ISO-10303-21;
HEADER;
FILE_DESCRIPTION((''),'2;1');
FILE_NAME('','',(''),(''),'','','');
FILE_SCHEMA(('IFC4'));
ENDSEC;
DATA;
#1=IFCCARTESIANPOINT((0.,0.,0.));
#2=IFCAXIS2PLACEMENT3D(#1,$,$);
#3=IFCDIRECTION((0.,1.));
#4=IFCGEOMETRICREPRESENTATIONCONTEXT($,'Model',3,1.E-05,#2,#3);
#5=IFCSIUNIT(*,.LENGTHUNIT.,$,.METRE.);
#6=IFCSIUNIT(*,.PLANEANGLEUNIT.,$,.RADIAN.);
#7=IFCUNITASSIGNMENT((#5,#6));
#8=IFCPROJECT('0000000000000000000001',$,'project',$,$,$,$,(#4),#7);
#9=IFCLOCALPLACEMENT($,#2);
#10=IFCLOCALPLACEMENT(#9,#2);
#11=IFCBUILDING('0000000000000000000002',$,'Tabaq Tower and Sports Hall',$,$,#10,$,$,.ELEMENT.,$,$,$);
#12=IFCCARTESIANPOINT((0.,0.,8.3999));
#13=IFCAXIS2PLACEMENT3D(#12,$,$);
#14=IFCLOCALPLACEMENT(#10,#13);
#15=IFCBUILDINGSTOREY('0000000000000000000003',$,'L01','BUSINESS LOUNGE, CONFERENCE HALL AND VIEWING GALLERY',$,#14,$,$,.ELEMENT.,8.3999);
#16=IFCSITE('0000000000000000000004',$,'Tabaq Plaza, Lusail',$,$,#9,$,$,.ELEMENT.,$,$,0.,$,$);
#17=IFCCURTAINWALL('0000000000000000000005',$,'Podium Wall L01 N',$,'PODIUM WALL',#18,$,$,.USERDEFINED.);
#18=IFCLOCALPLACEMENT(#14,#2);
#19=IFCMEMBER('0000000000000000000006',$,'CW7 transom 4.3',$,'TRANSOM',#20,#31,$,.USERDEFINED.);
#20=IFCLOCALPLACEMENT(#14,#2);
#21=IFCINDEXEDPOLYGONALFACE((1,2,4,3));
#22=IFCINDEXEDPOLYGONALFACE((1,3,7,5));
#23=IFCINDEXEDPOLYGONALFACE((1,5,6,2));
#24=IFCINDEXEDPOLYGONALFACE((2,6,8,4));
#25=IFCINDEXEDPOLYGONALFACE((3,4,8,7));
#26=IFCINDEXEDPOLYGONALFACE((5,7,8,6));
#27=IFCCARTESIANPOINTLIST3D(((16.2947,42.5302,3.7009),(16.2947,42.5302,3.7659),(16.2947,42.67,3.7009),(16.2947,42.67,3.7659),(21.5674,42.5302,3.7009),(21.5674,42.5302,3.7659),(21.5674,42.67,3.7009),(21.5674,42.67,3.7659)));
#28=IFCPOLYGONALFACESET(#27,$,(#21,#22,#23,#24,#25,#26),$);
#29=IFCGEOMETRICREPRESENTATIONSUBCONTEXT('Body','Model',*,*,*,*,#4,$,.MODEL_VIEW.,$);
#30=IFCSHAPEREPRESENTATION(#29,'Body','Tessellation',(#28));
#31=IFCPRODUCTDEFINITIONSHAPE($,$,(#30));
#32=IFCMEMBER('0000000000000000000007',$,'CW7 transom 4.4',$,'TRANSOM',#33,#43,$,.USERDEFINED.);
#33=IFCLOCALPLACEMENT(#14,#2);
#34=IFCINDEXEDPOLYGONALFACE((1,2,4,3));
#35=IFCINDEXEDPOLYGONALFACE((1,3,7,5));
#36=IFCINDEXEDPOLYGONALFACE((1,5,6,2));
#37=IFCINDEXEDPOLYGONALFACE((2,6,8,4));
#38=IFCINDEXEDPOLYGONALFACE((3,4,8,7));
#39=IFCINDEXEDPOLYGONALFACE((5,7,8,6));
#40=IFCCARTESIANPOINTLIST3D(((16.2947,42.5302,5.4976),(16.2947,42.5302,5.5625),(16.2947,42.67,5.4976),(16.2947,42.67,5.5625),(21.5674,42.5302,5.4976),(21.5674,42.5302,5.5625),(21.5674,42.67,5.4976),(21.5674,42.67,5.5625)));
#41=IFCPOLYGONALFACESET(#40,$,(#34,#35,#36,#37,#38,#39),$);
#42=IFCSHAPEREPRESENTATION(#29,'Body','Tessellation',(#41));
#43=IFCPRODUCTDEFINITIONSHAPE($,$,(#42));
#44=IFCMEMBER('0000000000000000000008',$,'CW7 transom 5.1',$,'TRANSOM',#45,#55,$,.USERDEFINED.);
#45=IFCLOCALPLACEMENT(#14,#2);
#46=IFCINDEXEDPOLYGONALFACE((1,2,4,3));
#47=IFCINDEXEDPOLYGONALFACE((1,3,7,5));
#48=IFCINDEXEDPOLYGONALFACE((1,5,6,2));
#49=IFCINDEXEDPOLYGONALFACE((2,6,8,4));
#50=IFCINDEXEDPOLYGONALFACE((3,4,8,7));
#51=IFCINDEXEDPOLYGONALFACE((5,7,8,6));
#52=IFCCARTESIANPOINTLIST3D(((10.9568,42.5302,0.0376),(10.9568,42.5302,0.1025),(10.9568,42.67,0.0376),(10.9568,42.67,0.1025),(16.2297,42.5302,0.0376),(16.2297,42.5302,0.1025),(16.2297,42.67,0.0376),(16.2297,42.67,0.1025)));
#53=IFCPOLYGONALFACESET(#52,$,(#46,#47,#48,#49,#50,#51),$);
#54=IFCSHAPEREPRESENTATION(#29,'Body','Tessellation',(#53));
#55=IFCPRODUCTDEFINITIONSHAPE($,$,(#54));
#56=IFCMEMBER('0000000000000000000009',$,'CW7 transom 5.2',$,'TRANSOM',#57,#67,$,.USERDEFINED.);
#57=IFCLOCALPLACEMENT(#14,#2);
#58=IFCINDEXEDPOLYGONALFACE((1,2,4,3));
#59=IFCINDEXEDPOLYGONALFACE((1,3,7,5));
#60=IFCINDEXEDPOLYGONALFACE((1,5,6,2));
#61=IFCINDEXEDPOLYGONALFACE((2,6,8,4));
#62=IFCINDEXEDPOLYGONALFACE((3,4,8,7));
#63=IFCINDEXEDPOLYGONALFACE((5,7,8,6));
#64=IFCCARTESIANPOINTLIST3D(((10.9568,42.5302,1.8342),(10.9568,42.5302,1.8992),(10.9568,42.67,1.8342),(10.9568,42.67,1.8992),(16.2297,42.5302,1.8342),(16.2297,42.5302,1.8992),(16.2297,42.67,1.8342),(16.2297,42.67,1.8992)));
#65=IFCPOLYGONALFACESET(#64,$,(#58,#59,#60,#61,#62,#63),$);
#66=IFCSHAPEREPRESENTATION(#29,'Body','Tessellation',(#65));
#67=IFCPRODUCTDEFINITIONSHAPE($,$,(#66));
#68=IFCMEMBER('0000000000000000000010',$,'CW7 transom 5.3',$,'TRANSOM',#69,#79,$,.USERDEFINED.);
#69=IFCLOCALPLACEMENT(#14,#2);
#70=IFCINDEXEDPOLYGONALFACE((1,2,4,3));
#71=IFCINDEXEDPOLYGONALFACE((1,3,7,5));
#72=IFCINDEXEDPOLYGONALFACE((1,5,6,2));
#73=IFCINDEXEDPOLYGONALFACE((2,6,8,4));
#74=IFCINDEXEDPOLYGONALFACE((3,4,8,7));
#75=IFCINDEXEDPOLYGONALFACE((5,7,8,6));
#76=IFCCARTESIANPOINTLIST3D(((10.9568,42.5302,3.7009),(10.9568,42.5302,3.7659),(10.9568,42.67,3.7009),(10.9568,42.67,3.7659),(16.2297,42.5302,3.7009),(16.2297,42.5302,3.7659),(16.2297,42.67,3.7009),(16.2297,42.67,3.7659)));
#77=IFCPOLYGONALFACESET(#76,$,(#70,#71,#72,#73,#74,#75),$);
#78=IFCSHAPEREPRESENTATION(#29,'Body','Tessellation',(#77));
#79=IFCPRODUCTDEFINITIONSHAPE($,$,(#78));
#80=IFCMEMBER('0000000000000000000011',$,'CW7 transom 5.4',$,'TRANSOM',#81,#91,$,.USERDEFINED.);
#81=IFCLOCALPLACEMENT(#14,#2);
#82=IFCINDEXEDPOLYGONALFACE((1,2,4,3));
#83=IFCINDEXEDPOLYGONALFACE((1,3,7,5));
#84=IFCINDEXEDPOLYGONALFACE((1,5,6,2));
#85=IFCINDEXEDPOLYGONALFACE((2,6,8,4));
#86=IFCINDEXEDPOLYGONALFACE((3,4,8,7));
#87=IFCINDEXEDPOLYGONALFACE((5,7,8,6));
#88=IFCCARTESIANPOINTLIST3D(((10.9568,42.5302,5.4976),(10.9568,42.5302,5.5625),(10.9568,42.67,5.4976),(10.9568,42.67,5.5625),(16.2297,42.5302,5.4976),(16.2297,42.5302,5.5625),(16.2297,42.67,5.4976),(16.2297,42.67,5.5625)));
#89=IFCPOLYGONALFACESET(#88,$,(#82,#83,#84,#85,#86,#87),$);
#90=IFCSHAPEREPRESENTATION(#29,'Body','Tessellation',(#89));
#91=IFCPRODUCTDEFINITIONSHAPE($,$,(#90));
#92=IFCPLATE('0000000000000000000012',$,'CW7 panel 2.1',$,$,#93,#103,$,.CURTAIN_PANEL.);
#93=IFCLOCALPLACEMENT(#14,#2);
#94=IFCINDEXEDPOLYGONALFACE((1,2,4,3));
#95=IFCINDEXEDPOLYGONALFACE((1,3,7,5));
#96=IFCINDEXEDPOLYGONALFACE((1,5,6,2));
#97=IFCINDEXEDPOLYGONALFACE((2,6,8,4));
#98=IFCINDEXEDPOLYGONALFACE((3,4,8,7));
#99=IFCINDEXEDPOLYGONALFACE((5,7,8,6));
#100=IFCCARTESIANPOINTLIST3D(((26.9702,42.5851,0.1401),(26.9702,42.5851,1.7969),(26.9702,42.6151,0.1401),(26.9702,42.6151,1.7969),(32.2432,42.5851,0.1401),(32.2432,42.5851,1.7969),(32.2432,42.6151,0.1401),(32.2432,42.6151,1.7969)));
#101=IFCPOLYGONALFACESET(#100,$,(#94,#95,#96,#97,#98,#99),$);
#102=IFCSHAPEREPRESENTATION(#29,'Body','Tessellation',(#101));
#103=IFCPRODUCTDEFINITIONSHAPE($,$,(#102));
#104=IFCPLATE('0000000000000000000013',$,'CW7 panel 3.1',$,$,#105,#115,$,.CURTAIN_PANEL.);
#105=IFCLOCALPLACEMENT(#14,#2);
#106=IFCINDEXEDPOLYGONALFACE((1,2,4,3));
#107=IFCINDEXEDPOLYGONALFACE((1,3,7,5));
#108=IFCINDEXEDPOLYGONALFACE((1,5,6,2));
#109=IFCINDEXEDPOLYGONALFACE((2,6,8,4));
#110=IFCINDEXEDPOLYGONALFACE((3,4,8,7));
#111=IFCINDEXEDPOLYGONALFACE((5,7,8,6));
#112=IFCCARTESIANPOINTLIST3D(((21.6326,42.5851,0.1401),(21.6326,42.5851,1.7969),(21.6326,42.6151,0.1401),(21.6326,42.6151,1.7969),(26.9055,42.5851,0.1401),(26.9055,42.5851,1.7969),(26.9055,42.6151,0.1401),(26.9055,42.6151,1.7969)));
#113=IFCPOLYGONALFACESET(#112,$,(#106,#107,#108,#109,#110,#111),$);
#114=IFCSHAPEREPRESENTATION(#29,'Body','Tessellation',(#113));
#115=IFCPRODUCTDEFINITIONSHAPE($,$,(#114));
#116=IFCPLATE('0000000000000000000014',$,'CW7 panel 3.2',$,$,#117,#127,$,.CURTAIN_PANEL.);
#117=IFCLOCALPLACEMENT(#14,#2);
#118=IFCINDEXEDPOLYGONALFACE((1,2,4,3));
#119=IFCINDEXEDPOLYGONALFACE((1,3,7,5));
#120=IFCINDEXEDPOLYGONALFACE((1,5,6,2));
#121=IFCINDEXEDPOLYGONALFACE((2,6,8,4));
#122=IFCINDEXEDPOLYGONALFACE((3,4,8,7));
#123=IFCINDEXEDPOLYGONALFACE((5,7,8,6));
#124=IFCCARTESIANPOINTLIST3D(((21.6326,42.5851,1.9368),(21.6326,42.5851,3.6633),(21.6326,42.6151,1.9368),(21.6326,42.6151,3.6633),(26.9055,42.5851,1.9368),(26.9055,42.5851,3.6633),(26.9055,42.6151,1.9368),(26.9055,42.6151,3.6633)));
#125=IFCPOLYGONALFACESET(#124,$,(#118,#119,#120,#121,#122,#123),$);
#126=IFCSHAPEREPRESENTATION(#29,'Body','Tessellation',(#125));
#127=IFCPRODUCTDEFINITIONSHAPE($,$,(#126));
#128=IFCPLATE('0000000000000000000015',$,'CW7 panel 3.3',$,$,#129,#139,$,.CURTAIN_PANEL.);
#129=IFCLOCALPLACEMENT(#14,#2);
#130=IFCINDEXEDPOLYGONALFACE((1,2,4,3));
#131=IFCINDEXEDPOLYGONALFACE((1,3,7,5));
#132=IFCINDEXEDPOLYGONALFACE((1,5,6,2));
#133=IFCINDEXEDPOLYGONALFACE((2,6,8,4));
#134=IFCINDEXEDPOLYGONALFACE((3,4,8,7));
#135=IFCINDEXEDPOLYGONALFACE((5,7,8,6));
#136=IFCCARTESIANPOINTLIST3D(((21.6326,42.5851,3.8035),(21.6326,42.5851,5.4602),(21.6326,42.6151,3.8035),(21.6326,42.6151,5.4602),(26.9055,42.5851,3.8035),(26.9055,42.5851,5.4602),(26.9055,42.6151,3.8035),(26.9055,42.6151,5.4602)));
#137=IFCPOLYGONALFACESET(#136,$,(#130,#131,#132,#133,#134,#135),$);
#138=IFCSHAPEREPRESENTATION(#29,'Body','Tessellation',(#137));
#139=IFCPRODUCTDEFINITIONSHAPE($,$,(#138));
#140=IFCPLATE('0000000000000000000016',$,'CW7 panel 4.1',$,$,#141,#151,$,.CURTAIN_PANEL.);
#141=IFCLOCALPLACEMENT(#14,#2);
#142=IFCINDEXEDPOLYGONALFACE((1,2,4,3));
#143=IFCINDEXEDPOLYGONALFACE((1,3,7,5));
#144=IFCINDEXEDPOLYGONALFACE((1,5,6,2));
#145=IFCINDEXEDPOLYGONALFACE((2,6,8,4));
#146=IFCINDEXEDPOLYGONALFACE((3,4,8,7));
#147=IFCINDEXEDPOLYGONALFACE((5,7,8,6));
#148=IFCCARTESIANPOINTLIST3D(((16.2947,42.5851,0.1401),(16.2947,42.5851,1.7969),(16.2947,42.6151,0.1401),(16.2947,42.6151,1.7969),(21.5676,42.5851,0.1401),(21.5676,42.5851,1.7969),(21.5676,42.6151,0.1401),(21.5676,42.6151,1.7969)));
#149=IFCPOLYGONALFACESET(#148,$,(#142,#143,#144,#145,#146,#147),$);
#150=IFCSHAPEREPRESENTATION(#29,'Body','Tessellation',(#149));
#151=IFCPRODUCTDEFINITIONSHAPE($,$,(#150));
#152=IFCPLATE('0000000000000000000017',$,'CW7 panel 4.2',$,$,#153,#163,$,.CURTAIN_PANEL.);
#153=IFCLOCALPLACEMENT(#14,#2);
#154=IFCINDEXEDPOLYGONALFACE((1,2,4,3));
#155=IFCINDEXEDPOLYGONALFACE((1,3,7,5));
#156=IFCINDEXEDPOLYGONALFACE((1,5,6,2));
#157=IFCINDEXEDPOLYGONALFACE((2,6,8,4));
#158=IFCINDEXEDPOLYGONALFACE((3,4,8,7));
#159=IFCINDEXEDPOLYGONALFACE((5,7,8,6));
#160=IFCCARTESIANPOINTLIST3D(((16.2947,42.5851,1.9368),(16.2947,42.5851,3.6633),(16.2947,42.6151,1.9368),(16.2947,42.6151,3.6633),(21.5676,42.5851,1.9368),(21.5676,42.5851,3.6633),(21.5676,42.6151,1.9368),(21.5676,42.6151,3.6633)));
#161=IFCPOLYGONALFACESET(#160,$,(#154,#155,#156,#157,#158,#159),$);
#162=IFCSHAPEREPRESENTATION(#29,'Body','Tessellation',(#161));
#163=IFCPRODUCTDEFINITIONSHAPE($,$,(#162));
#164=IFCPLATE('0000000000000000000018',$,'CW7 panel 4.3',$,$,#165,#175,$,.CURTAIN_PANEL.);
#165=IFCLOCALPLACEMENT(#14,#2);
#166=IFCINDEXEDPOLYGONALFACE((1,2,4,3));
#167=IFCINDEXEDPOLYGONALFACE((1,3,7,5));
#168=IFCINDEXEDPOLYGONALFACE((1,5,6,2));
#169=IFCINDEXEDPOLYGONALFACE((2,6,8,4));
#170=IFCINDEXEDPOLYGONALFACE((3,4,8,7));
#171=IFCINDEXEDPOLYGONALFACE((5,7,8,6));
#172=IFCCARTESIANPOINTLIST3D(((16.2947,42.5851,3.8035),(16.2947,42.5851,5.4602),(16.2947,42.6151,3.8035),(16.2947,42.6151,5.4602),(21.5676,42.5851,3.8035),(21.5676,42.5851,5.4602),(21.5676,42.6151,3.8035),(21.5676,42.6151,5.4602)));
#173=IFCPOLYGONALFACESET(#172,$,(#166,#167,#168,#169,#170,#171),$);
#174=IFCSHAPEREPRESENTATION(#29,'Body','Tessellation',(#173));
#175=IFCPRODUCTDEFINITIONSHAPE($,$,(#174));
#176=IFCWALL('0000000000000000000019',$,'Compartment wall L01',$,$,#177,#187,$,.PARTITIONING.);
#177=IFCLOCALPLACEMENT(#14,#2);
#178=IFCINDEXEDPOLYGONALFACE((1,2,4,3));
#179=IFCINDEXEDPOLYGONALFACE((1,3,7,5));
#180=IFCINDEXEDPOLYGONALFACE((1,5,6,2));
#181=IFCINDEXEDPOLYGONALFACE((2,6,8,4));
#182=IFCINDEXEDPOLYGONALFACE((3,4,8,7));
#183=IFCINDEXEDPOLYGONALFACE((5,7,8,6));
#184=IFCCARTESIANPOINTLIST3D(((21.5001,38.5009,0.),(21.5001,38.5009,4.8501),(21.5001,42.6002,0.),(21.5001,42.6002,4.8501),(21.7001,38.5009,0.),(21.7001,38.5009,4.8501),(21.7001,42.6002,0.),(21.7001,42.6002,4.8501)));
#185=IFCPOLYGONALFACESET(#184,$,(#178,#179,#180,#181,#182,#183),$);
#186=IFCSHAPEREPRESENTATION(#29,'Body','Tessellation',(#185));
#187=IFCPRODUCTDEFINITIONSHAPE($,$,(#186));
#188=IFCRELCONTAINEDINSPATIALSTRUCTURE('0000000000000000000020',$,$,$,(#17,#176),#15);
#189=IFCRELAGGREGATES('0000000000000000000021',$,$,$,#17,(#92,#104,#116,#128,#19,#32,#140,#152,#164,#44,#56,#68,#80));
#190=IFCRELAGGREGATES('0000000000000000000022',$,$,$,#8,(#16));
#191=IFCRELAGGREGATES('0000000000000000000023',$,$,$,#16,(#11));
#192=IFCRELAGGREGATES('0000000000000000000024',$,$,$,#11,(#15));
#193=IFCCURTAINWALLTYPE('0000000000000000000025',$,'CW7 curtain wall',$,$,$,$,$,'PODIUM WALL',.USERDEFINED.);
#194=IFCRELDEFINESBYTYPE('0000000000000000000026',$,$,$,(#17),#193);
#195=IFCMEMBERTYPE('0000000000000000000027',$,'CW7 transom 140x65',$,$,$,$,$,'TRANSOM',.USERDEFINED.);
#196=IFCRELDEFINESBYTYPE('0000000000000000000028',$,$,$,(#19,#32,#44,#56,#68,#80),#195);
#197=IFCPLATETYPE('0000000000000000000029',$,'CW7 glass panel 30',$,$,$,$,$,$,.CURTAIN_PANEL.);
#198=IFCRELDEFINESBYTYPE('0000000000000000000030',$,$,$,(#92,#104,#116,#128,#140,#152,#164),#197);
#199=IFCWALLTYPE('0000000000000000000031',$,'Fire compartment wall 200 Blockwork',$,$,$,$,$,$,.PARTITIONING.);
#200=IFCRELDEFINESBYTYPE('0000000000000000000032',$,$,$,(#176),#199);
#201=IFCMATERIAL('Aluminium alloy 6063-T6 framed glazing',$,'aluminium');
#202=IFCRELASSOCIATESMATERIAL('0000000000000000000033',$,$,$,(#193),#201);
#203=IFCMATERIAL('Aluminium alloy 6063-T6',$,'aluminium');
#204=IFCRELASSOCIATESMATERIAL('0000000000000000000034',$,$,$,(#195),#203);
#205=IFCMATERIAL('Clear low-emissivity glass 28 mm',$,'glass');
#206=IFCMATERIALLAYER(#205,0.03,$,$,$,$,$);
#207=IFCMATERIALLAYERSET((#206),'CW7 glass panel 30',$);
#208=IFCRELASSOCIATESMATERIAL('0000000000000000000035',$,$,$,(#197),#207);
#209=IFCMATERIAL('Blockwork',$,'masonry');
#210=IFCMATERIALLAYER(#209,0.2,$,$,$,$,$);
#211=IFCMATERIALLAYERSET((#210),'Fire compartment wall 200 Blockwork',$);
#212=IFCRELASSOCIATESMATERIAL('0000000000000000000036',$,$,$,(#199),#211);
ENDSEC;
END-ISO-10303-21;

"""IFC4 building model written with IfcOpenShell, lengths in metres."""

from ifc_helpers import new_model, si_unit, direction, frame, frame_2d, origin, origin_2d, place, context, subcontext, project, spatial, rectangle, extrude, material, layer, layer_set, material_profile, profile_set, type_object, element, aggregate, save


model = new_model("IFC4")

# Units and contexts
model_context = context("Model", 3, precision=1e-05, world=origin(), true_north=direction((0.0, 1.0)))
body_context = subcontext(model_context, "Body", "Model", "MODEL_VIEW")
ifc_project = project(units=[si_unit("LENGTHUNIT", "METRE"), si_unit("PLANEANGLEUNIT", "RADIAN")], contexts=[model_context])

# Site, building, storey
site_placement = place(None, origin())
site = spatial("IfcSite", under=ifc_project, at=site_placement, Name="Tabaq Plaza, Lusail", CompositionType="ELEMENT", RefElevation=0.0)
building_placement = place(site_placement, origin())
building = spatial("IfcBuilding", under=site, at=building_placement, Name="Tabaq Tower and Sports Hall", CompositionType="ELEMENT")
storey_placement = place(building_placement, frame((0.0, 0.0, 8.3999)))
storey = spatial("IfcBuildingStorey", under=building, at=storey_placement, Name="L01", Description="BUSINESS LOUNGE, CONFERENCE HALL AND VIEWING GALLERY", CompositionType="ELEMENT", Elevation=8.3999)

# Curtain wall, members, plates
ifc_material_1 = material(Name="Aluminium alloy 6063-T6 framed glazing", Category="aluminium")
curtain_wall_type = type_object("IfcCurtainWallType", Name="CW7 curtain wall", ElementType="PODIUM WALL", PredefinedType="USERDEFINED", material=ifc_material_1)
curtain_wall_placement = place(storey_placement, origin())
curtain_wall = element("IfcCurtainWall", 1, at=curtain_wall_placement, inside=storey, type_object=curtain_wall_type, Name="Podium Wall L01 N", ObjectType="PODIUM WALL", PredefinedType="USERDEFINED")
ifc_material_2 = material(Name="Aluminium alloy 6063-T6", Category="aluminium")
ifc_material_profile_1 = material_profile(ifc_material_2, rectangle(XDim=0.1399, YDim=0.0649, at=origin_2d()), Name="TRANSOM 140x65")
ifc_profile_set_1 = profile_set([ifc_material_profile_1], Name="Aluminium alloy 6063-T6")
member_type_1 = type_object("IfcMemberType", Name="CW7 transom 140x65", ElementType="TRANSOM", PredefinedType="USERDEFINED", material=ifc_profile_set_1)
member_1_placement = place(storey_placement, frame((21.5674, 42.6001, 3.7334), z_axis=(-1.0, 0.0, 0.0), x_axis=(0.0, -1.0, 0.0)))
member_1 = element("IfcMember", 2, at=member_1_placement, type_object=member_type_1, Name="CW7 transom 4.3", ObjectType="TRANSOM", PredefinedType="USERDEFINED", context=body_context, shape_type="SweptSolid", body=[
    extrude(rectangle(XDim=0.1399, YDim=0.0649, at=origin_2d()), origin(), (0.0, 0.0, 1.0), 5.2727),
])
member_2_placement = place(storey_placement, frame((21.5674, 42.6001, 5.53), z_axis=(-1.0, 0.0, 0.0), x_axis=(0.0, -1.0, 0.0)))
member_2 = element("IfcMember", 3, at=member_2_placement, type_object=member_type_1, Name="CW7 transom 4.4", ObjectType="TRANSOM", PredefinedType="USERDEFINED", context=body_context, shape_type="SweptSolid", body=[
    extrude(rectangle(XDim=0.1399, YDim=0.0649, at=origin_2d()), origin(), (0.0, 0.0, 1.0), 5.2727),
])
member_3_placement = place(storey_placement, frame((16.2297, 42.6001, 0.0701), z_axis=(-1.0, 0.0, 0.0), x_axis=(0.0, -1.0, 0.0)))
member_3 = element("IfcMember", 4, at=member_3_placement, type_object=member_type_1, Name="CW7 transom 5.1", ObjectType="TRANSOM", PredefinedType="USERDEFINED", context=body_context, shape_type="SweptSolid", body=[
    extrude(rectangle(XDim=0.1399, YDim=0.0649, at=origin_2d()), origin(), (0.0, 0.0, 1.0), 5.2729),
])
member_4_placement = place(storey_placement, frame((16.2297, 42.6001, 1.8667), z_axis=(-1.0, 0.0, 0.0), x_axis=(0.0, -1.0, 0.0)))
member_4 = element("IfcMember", 5, at=member_4_placement, type_object=member_type_1, Name="CW7 transom 5.2", ObjectType="TRANSOM", PredefinedType="USERDEFINED", context=body_context, shape_type="SweptSolid", body=[
    extrude(rectangle(XDim=0.1399, YDim=0.0649, at=origin_2d()), origin(), (0.0, 0.0, 1.0), 5.2729),
])
member_5_placement = place(storey_placement, frame((16.2297, 42.6001, 3.7334), z_axis=(-1.0, 0.0, 0.0), x_axis=(0.0, -1.0, 0.0)))
member_5 = element("IfcMember", 6, at=member_5_placement, type_object=member_type_1, Name="CW7 transom 5.3", ObjectType="TRANSOM", PredefinedType="USERDEFINED", context=body_context, shape_type="SweptSolid", body=[
    extrude(rectangle(XDim=0.1399, YDim=0.0649, at=origin_2d()), origin(), (0.0, 0.0, 1.0), 5.2729),
])
member_6_placement = place(storey_placement, frame((16.2297, 42.6001, 5.53), z_axis=(-1.0, 0.0, 0.0), x_axis=(0.0, -1.0, 0.0)))
member_6 = element("IfcMember", 7, at=member_6_placement, type_object=member_type_1, Name="CW7 transom 5.4", ObjectType="TRANSOM", PredefinedType="USERDEFINED", context=body_context, shape_type="SweptSolid", body=[
    extrude(rectangle(XDim=0.1399, YDim=0.0649, at=origin_2d()), origin(), (0.0, 0.0, 1.0), 5.2729),
])
ifc_material_3 = material(Name="Clear low-emissivity glass 28 mm", Category="glass")
ifc_layer_1 = layer(ifc_material_3, 0.03)
ifc_layer_set_1 = layer_set([ifc_layer_1], Name="CW7 glass panel 30")
plate_type = type_object("IfcPlateType", Name="CW7 glass panel 30", PredefinedType="CURTAIN_PANEL", material=ifc_layer_set_1)
plate_1_placement = place(storey_placement, frame((29.6067, 42.6001, 0.1401), z_axis=(0.0, 0.0, 1.0), x_axis=(-1.0, 0.0, 0.0)))
plate_1 = element("IfcPlate", 8, at=plate_1_placement, type_object=plate_type, Name="CW7 panel 2.1", PredefinedType="CURTAIN_PANEL", context=body_context, shape_type="SweptSolid", body=[
    extrude(rectangle(XDim=5.2729, YDim=0.03, at=origin_2d()), origin(), (0.0, 0.0, 1.0), 1.6567),
])
plate_2_placement = place(storey_placement, frame((24.269, 42.6001, 0.1401), z_axis=(0.0, 0.0, 1.0), x_axis=(-1.0, 0.0, 0.0)))
plate_2 = element("IfcPlate", 9, at=plate_2_placement, type_object=plate_type, Name="CW7 panel 3.1", PredefinedType="CURTAIN_PANEL", context=body_context, shape_type="SweptSolid", body=[
    extrude(rectangle(XDim=5.2729, YDim=0.03, at=origin_2d()), origin(), (0.0, 0.0, 1.0), 1.6567),
])
plate_3_placement = place(storey_placement, frame((24.269, 42.6001, 1.9368), z_axis=(0.0, 0.0, 1.0), x_axis=(-1.0, 0.0, 0.0)))
plate_3 = element("IfcPlate", 10, at=plate_3_placement, type_object=plate_type, Name="CW7 panel 3.2", PredefinedType="CURTAIN_PANEL", context=body_context, shape_type="SweptSolid", body=[
    extrude(rectangle(XDim=5.2729, YDim=0.03, at=origin_2d()), origin(), (0.0, 0.0, 1.0), 1.7266),
])
plate_4_placement = place(storey_placement, frame((24.269, 42.6001, 3.8035), z_axis=(0.0, 0.0, 1.0), x_axis=(-1.0, 0.0, 0.0)))
plate_4 = element("IfcPlate", 11, at=plate_4_placement, type_object=plate_type, Name="CW7 panel 3.3", PredefinedType="CURTAIN_PANEL", context=body_context, shape_type="SweptSolid", body=[
    extrude(rectangle(XDim=5.2729, YDim=0.03, at=origin_2d()), origin(), (0.0, 0.0, 1.0), 1.6567),
])
plate_5_placement = place(storey_placement, frame((18.9312, 42.6001, 0.1401), z_axis=(0.0, 0.0, 1.0), x_axis=(-1.0, 0.0, 0.0)))
plate_5 = element("IfcPlate", 12, at=plate_5_placement, type_object=plate_type, Name="CW7 panel 4.1", PredefinedType="CURTAIN_PANEL", context=body_context, shape_type="SweptSolid", body=[
    extrude(rectangle(XDim=5.2729, YDim=0.03, at=origin_2d()), origin(), (0.0, 0.0, 1.0), 1.6567),
])
plate_6_placement = place(storey_placement, frame((18.9312, 42.6001, 1.9368), z_axis=(0.0, 0.0, 1.0), x_axis=(-1.0, 0.0, 0.0)))
plate_6 = element("IfcPlate", 13, at=plate_6_placement, type_object=plate_type, Name="CW7 panel 4.2", PredefinedType="CURTAIN_PANEL", context=body_context, shape_type="SweptSolid", body=[
    extrude(rectangle(XDim=5.2729, YDim=0.03, at=origin_2d()), origin(), (0.0, 0.0, 1.0), 1.7266),
])
plate_7_placement = place(storey_placement, frame((18.9312, 42.6001, 3.8035), z_axis=(0.0, 0.0, 1.0), x_axis=(-1.0, 0.0, 0.0)))
plate_7 = element("IfcPlate", 14, at=plate_7_placement, type_object=plate_type, Name="CW7 panel 4.3", PredefinedType="CURTAIN_PANEL", context=body_context, shape_type="SweptSolid", body=[
    extrude(rectangle(XDim=5.2729, YDim=0.03, at=origin_2d()), origin(), (0.0, 0.0, 1.0), 1.6567),
])
aggregate(curtain_wall, [plate_1, plate_2, plate_3, plate_4, member_1, member_2, plate_5, plate_6, plate_7, member_3, member_4, member_5, member_6])

# Wall
ifc_material_4 = material(Name="Blockwork", Category="masonry")
ifc_layer_2 = layer(ifc_material_4, 0.2)
ifc_layer_set_2 = layer_set([ifc_layer_2], Name="Fire compartment wall 200 Blockwork")
wall_type_1 = type_object("IfcWallType", Name="Fire compartment wall 200 Blockwork", PredefinedType="PARTITIONING", material=ifc_layer_set_2)
wall_1_placement = place(storey_placement, frame((21.6001, 38.5007, 0.0), z_axis=(0.0, 0.0, 1.0), x_axis=(0.0, 1.0, 0.0)))
element("IfcWall", 15, at=wall_1_placement, inside=storey, type_object=wall_type_1, Name="Compartment wall L01", PredefinedType="PARTITIONING", context=body_context, shape_type="SweptSolid", body=[
    extrude(rectangle(XDim=4.0994, YDim=0.2, at=frame_2d((2.0498, 0.0))), origin(), (0.0, 0.0, 1.0), 4.8501),
])

save(model, "model.ifc")
